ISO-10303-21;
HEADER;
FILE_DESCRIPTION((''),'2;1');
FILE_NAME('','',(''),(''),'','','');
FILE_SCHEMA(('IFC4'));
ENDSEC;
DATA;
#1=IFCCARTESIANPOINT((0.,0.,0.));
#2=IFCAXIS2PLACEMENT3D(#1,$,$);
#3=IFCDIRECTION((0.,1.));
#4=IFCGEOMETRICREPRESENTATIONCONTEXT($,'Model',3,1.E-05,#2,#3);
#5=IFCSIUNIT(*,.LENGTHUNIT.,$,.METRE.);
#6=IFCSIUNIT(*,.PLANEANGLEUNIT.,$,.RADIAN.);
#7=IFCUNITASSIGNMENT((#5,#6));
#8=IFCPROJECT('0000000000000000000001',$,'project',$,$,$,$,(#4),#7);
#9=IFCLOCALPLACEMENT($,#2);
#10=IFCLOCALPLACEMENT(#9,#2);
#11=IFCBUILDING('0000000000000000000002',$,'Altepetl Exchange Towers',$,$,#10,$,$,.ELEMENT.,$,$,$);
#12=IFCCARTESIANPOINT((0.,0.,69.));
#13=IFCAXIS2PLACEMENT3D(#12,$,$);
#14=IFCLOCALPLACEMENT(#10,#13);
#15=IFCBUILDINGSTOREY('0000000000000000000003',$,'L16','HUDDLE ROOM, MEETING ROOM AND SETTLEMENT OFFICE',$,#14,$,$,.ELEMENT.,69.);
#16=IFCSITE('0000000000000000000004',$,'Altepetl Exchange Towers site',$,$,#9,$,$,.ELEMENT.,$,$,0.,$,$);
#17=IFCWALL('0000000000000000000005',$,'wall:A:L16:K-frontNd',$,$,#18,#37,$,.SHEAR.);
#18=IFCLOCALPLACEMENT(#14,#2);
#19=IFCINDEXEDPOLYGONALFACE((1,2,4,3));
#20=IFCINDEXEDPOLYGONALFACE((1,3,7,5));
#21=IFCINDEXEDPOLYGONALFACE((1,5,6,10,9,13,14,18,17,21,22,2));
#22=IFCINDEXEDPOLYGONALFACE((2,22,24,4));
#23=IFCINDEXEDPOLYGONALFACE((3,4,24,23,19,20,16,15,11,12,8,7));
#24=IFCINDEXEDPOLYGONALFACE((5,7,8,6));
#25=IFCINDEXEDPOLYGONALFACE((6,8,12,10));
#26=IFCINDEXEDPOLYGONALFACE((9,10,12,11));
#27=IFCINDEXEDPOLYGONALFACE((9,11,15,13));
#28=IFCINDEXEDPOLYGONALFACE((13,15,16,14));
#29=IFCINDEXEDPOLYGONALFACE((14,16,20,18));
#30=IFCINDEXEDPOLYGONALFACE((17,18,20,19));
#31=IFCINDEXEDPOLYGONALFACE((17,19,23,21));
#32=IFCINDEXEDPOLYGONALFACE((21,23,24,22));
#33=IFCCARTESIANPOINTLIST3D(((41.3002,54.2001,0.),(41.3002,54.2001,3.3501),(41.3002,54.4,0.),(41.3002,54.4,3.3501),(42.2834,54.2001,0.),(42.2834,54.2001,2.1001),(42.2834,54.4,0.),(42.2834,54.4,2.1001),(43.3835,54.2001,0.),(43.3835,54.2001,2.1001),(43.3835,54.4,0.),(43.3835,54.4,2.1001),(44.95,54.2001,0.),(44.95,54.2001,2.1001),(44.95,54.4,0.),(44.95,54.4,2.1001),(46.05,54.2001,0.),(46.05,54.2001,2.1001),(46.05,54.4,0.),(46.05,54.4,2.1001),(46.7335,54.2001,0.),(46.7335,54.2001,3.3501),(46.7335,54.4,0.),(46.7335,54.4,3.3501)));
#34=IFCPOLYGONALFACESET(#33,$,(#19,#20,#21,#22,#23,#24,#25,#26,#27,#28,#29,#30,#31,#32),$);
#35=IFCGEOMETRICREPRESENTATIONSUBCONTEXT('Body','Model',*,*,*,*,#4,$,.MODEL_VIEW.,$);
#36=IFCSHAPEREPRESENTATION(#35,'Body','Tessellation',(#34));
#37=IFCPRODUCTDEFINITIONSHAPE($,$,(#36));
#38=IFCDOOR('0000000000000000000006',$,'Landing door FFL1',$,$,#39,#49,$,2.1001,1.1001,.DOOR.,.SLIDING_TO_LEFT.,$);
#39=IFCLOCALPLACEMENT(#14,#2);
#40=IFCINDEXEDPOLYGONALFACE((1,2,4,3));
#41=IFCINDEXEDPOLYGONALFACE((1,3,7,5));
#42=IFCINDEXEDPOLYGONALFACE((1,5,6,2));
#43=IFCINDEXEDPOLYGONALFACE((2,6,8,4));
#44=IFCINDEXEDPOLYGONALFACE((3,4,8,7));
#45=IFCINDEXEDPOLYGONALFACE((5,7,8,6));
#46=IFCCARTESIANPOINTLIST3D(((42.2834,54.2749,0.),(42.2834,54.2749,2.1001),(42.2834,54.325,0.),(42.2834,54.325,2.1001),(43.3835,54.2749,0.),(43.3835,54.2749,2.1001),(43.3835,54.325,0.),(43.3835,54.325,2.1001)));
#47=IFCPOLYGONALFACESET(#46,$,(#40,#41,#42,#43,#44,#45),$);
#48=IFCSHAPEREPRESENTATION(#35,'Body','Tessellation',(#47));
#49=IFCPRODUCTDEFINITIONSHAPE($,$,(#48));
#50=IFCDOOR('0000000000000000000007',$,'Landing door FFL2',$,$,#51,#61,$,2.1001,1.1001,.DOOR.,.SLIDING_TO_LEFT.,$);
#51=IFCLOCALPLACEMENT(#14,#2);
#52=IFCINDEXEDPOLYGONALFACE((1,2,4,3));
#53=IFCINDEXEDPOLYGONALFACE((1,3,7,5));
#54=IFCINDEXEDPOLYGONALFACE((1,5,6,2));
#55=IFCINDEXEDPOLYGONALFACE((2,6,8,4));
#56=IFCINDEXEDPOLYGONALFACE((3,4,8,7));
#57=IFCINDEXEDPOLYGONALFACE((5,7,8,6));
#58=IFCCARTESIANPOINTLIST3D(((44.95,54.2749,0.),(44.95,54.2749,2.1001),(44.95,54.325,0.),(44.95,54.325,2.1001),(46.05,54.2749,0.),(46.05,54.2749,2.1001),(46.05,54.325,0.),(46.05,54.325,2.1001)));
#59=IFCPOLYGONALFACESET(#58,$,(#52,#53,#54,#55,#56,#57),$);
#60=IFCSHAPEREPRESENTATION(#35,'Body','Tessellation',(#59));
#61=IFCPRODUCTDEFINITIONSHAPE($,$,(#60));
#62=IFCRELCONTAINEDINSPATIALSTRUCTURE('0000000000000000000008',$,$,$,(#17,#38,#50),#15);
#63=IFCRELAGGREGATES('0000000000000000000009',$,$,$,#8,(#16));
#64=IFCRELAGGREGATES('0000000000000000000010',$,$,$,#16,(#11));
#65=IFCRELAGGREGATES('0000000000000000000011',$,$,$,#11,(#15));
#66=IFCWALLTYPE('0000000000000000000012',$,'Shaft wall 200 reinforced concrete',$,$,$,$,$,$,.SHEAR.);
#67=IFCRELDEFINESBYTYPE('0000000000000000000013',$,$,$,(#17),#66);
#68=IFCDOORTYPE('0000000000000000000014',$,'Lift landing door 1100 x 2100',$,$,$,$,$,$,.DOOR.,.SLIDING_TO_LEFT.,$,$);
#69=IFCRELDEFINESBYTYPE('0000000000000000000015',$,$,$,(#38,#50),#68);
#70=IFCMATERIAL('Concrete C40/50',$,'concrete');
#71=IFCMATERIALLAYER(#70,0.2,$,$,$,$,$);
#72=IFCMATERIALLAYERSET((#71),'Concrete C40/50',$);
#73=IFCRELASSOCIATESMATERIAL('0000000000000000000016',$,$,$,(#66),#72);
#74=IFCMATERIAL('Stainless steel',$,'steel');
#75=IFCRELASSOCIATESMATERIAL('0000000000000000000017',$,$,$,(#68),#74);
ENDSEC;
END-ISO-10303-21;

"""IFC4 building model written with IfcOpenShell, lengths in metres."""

from ifc_helpers import new_model, si_unit, direction, frame, frame_2d, origin, place, context, subcontext, project, spatial, rectangle, extrude, material, layer, layer_set, type_object, element, fill, save


model = new_model("IFC4")

# Units and contexts
model_context = context("Model", 3, precision=1e-05, world=origin(), true_north=direction((0.0, 1.0)))
body_context = subcontext(model_context, "Body", "Model", "MODEL_VIEW")
ifc_project = project(units=[si_unit("LENGTHUNIT", "METRE"), si_unit("PLANEANGLEUNIT", "RADIAN")], contexts=[model_context])

# Site, building, storey
site_placement = place(None, origin())
site = spatial("IfcSite", under=ifc_project, at=site_placement, Name="Altepetl Exchange Towers site", CompositionType="ELEMENT", RefElevation=0.0)
building_placement = place(site_placement, origin())
building = spatial("IfcBuilding", under=site, at=building_placement, Name="Altepetl Exchange Towers", CompositionType="ELEMENT")
storey_placement = place(building_placement, frame((0.0, 0.0, 69.0)))
storey = spatial("IfcBuildingStorey", under=building, at=storey_placement, Name="L16", Description="HUDDLE ROOM, MEETING ROOM AND SETTLEMENT OFFICE", CompositionType="ELEMENT", Elevation=69.0)

# Wall, openings, doors
ifc_material_1 = material(Name="Concrete C40/50", Category="concrete")
ifc_layer_1 = layer(ifc_material_1, 0.2)
ifc_layer_set_1 = layer_set([ifc_layer_1], Name="Concrete C40/50")
wall_type_1 = type_object("IfcWallType", Name="Shaft wall 200 reinforced concrete", PredefinedType="SHEAR", material=ifc_layer_set_1)
wall_1_placement = place(storey_placement, frame((41.3, 54.3, 0.0)))
wall_1 = element("IfcWall", 1, at=wall_1_placement, inside=storey, type_object=wall_type_1, Name="wall:A:L16:K-frontNd", PredefinedType="SHEAR", context=body_context, shape_type="SweptSolid", body=[
    extrude(rectangle(XDim=5.4333, YDim=0.2, at=frame_2d((2.7168, 0.0))), origin(), (0.0, 0.0, 1.0), 3.3501),
])
opening_1_placement = place(wall_1_placement, frame((0.9834, 0.0, 0.0)))
opening_1 = element("IfcOpeningElement", 2, at=opening_1_placement, cuts=wall_1, PredefinedType="OPENING", context=body_context, shape_type="SweptSolid", body=[
    extrude(rectangle(XDim=1.1001, YDim=2.1001, at=frame_2d((0.55, 1.05))), frame((0.0, 0.1099, 0.0), z_axis=(0.0, -1.0, 0.0), x_axis=(1.0, 0.0, 0.0)), (0.0, 0.0, 1.0), 0.22),
])
opening_2_placement = place(wall_1_placement, frame((3.6499, 0.0, 0.0)))
opening_2 = element("IfcOpeningElement", 3, at=opening_2_placement, cuts=wall_1, PredefinedType="OPENING", context=body_context, shape_type="SweptSolid", body=[
    extrude(rectangle(XDim=1.1001, YDim=2.1001, at=frame_2d((0.55, 1.05))), frame((0.0, 0.1099, 0.0), z_axis=(0.0, -1.0, 0.0), x_axis=(1.0, 0.0, 0.0)), (0.0, 0.0, 1.0), 0.22),
])
ifc_material_2 = material(Name="Stainless steel", Category="steel")
door_type_1 = type_object("IfcDoorType", Name="Lift landing door 1100 x 2100", OperationType="SLIDING_TO_LEFT", PredefinedType="DOOR", material=ifc_material_2)
door_1_placement = place(opening_1_placement, origin())
door_1 = element("IfcDoor", 4, at=door_1_placement, inside=storey, type_object=door_type_1, Name="Landing door FFL1", OperationType="SLIDING_TO_LEFT", OverallHeight=2.1001, OverallWidth=1.1001, PredefinedType="DOOR", context=body_context, shape_type="SweptSolid", body=[
    extrude(rectangle(XDim=1.1001, YDim=2.1001, at=frame_2d((0.55, 1.05))), frame((0.0, 0.0249, 0.0), z_axis=(0.0, -1.0, 0.0), x_axis=(1.0, 0.0, 0.0)), (0.0, 0.0, 1.0), 0.05),
])
fill(opening_1, door_1)
door_2_placement = place(opening_2_placement, origin())
door_2 = element("IfcDoor", 5, at=door_2_placement, inside=storey, type_object=door_type_1, Name="Landing door FFL2", OperationType="SLIDING_TO_LEFT", OverallHeight=2.1001, OverallWidth=1.1001, PredefinedType="DOOR", context=body_context, shape_type="SweptSolid", body=[
    extrude(rectangle(XDim=1.1001, YDim=2.1001, at=frame_2d((0.55, 1.05))), frame((0.0, 0.0249, 0.0), z_axis=(0.0, -1.0, 0.0), x_axis=(1.0, 0.0, 0.0)), (0.0, 0.0, 1.0), 0.05),
])
fill(opening_2, door_2)

save(model, "model.ifc")
